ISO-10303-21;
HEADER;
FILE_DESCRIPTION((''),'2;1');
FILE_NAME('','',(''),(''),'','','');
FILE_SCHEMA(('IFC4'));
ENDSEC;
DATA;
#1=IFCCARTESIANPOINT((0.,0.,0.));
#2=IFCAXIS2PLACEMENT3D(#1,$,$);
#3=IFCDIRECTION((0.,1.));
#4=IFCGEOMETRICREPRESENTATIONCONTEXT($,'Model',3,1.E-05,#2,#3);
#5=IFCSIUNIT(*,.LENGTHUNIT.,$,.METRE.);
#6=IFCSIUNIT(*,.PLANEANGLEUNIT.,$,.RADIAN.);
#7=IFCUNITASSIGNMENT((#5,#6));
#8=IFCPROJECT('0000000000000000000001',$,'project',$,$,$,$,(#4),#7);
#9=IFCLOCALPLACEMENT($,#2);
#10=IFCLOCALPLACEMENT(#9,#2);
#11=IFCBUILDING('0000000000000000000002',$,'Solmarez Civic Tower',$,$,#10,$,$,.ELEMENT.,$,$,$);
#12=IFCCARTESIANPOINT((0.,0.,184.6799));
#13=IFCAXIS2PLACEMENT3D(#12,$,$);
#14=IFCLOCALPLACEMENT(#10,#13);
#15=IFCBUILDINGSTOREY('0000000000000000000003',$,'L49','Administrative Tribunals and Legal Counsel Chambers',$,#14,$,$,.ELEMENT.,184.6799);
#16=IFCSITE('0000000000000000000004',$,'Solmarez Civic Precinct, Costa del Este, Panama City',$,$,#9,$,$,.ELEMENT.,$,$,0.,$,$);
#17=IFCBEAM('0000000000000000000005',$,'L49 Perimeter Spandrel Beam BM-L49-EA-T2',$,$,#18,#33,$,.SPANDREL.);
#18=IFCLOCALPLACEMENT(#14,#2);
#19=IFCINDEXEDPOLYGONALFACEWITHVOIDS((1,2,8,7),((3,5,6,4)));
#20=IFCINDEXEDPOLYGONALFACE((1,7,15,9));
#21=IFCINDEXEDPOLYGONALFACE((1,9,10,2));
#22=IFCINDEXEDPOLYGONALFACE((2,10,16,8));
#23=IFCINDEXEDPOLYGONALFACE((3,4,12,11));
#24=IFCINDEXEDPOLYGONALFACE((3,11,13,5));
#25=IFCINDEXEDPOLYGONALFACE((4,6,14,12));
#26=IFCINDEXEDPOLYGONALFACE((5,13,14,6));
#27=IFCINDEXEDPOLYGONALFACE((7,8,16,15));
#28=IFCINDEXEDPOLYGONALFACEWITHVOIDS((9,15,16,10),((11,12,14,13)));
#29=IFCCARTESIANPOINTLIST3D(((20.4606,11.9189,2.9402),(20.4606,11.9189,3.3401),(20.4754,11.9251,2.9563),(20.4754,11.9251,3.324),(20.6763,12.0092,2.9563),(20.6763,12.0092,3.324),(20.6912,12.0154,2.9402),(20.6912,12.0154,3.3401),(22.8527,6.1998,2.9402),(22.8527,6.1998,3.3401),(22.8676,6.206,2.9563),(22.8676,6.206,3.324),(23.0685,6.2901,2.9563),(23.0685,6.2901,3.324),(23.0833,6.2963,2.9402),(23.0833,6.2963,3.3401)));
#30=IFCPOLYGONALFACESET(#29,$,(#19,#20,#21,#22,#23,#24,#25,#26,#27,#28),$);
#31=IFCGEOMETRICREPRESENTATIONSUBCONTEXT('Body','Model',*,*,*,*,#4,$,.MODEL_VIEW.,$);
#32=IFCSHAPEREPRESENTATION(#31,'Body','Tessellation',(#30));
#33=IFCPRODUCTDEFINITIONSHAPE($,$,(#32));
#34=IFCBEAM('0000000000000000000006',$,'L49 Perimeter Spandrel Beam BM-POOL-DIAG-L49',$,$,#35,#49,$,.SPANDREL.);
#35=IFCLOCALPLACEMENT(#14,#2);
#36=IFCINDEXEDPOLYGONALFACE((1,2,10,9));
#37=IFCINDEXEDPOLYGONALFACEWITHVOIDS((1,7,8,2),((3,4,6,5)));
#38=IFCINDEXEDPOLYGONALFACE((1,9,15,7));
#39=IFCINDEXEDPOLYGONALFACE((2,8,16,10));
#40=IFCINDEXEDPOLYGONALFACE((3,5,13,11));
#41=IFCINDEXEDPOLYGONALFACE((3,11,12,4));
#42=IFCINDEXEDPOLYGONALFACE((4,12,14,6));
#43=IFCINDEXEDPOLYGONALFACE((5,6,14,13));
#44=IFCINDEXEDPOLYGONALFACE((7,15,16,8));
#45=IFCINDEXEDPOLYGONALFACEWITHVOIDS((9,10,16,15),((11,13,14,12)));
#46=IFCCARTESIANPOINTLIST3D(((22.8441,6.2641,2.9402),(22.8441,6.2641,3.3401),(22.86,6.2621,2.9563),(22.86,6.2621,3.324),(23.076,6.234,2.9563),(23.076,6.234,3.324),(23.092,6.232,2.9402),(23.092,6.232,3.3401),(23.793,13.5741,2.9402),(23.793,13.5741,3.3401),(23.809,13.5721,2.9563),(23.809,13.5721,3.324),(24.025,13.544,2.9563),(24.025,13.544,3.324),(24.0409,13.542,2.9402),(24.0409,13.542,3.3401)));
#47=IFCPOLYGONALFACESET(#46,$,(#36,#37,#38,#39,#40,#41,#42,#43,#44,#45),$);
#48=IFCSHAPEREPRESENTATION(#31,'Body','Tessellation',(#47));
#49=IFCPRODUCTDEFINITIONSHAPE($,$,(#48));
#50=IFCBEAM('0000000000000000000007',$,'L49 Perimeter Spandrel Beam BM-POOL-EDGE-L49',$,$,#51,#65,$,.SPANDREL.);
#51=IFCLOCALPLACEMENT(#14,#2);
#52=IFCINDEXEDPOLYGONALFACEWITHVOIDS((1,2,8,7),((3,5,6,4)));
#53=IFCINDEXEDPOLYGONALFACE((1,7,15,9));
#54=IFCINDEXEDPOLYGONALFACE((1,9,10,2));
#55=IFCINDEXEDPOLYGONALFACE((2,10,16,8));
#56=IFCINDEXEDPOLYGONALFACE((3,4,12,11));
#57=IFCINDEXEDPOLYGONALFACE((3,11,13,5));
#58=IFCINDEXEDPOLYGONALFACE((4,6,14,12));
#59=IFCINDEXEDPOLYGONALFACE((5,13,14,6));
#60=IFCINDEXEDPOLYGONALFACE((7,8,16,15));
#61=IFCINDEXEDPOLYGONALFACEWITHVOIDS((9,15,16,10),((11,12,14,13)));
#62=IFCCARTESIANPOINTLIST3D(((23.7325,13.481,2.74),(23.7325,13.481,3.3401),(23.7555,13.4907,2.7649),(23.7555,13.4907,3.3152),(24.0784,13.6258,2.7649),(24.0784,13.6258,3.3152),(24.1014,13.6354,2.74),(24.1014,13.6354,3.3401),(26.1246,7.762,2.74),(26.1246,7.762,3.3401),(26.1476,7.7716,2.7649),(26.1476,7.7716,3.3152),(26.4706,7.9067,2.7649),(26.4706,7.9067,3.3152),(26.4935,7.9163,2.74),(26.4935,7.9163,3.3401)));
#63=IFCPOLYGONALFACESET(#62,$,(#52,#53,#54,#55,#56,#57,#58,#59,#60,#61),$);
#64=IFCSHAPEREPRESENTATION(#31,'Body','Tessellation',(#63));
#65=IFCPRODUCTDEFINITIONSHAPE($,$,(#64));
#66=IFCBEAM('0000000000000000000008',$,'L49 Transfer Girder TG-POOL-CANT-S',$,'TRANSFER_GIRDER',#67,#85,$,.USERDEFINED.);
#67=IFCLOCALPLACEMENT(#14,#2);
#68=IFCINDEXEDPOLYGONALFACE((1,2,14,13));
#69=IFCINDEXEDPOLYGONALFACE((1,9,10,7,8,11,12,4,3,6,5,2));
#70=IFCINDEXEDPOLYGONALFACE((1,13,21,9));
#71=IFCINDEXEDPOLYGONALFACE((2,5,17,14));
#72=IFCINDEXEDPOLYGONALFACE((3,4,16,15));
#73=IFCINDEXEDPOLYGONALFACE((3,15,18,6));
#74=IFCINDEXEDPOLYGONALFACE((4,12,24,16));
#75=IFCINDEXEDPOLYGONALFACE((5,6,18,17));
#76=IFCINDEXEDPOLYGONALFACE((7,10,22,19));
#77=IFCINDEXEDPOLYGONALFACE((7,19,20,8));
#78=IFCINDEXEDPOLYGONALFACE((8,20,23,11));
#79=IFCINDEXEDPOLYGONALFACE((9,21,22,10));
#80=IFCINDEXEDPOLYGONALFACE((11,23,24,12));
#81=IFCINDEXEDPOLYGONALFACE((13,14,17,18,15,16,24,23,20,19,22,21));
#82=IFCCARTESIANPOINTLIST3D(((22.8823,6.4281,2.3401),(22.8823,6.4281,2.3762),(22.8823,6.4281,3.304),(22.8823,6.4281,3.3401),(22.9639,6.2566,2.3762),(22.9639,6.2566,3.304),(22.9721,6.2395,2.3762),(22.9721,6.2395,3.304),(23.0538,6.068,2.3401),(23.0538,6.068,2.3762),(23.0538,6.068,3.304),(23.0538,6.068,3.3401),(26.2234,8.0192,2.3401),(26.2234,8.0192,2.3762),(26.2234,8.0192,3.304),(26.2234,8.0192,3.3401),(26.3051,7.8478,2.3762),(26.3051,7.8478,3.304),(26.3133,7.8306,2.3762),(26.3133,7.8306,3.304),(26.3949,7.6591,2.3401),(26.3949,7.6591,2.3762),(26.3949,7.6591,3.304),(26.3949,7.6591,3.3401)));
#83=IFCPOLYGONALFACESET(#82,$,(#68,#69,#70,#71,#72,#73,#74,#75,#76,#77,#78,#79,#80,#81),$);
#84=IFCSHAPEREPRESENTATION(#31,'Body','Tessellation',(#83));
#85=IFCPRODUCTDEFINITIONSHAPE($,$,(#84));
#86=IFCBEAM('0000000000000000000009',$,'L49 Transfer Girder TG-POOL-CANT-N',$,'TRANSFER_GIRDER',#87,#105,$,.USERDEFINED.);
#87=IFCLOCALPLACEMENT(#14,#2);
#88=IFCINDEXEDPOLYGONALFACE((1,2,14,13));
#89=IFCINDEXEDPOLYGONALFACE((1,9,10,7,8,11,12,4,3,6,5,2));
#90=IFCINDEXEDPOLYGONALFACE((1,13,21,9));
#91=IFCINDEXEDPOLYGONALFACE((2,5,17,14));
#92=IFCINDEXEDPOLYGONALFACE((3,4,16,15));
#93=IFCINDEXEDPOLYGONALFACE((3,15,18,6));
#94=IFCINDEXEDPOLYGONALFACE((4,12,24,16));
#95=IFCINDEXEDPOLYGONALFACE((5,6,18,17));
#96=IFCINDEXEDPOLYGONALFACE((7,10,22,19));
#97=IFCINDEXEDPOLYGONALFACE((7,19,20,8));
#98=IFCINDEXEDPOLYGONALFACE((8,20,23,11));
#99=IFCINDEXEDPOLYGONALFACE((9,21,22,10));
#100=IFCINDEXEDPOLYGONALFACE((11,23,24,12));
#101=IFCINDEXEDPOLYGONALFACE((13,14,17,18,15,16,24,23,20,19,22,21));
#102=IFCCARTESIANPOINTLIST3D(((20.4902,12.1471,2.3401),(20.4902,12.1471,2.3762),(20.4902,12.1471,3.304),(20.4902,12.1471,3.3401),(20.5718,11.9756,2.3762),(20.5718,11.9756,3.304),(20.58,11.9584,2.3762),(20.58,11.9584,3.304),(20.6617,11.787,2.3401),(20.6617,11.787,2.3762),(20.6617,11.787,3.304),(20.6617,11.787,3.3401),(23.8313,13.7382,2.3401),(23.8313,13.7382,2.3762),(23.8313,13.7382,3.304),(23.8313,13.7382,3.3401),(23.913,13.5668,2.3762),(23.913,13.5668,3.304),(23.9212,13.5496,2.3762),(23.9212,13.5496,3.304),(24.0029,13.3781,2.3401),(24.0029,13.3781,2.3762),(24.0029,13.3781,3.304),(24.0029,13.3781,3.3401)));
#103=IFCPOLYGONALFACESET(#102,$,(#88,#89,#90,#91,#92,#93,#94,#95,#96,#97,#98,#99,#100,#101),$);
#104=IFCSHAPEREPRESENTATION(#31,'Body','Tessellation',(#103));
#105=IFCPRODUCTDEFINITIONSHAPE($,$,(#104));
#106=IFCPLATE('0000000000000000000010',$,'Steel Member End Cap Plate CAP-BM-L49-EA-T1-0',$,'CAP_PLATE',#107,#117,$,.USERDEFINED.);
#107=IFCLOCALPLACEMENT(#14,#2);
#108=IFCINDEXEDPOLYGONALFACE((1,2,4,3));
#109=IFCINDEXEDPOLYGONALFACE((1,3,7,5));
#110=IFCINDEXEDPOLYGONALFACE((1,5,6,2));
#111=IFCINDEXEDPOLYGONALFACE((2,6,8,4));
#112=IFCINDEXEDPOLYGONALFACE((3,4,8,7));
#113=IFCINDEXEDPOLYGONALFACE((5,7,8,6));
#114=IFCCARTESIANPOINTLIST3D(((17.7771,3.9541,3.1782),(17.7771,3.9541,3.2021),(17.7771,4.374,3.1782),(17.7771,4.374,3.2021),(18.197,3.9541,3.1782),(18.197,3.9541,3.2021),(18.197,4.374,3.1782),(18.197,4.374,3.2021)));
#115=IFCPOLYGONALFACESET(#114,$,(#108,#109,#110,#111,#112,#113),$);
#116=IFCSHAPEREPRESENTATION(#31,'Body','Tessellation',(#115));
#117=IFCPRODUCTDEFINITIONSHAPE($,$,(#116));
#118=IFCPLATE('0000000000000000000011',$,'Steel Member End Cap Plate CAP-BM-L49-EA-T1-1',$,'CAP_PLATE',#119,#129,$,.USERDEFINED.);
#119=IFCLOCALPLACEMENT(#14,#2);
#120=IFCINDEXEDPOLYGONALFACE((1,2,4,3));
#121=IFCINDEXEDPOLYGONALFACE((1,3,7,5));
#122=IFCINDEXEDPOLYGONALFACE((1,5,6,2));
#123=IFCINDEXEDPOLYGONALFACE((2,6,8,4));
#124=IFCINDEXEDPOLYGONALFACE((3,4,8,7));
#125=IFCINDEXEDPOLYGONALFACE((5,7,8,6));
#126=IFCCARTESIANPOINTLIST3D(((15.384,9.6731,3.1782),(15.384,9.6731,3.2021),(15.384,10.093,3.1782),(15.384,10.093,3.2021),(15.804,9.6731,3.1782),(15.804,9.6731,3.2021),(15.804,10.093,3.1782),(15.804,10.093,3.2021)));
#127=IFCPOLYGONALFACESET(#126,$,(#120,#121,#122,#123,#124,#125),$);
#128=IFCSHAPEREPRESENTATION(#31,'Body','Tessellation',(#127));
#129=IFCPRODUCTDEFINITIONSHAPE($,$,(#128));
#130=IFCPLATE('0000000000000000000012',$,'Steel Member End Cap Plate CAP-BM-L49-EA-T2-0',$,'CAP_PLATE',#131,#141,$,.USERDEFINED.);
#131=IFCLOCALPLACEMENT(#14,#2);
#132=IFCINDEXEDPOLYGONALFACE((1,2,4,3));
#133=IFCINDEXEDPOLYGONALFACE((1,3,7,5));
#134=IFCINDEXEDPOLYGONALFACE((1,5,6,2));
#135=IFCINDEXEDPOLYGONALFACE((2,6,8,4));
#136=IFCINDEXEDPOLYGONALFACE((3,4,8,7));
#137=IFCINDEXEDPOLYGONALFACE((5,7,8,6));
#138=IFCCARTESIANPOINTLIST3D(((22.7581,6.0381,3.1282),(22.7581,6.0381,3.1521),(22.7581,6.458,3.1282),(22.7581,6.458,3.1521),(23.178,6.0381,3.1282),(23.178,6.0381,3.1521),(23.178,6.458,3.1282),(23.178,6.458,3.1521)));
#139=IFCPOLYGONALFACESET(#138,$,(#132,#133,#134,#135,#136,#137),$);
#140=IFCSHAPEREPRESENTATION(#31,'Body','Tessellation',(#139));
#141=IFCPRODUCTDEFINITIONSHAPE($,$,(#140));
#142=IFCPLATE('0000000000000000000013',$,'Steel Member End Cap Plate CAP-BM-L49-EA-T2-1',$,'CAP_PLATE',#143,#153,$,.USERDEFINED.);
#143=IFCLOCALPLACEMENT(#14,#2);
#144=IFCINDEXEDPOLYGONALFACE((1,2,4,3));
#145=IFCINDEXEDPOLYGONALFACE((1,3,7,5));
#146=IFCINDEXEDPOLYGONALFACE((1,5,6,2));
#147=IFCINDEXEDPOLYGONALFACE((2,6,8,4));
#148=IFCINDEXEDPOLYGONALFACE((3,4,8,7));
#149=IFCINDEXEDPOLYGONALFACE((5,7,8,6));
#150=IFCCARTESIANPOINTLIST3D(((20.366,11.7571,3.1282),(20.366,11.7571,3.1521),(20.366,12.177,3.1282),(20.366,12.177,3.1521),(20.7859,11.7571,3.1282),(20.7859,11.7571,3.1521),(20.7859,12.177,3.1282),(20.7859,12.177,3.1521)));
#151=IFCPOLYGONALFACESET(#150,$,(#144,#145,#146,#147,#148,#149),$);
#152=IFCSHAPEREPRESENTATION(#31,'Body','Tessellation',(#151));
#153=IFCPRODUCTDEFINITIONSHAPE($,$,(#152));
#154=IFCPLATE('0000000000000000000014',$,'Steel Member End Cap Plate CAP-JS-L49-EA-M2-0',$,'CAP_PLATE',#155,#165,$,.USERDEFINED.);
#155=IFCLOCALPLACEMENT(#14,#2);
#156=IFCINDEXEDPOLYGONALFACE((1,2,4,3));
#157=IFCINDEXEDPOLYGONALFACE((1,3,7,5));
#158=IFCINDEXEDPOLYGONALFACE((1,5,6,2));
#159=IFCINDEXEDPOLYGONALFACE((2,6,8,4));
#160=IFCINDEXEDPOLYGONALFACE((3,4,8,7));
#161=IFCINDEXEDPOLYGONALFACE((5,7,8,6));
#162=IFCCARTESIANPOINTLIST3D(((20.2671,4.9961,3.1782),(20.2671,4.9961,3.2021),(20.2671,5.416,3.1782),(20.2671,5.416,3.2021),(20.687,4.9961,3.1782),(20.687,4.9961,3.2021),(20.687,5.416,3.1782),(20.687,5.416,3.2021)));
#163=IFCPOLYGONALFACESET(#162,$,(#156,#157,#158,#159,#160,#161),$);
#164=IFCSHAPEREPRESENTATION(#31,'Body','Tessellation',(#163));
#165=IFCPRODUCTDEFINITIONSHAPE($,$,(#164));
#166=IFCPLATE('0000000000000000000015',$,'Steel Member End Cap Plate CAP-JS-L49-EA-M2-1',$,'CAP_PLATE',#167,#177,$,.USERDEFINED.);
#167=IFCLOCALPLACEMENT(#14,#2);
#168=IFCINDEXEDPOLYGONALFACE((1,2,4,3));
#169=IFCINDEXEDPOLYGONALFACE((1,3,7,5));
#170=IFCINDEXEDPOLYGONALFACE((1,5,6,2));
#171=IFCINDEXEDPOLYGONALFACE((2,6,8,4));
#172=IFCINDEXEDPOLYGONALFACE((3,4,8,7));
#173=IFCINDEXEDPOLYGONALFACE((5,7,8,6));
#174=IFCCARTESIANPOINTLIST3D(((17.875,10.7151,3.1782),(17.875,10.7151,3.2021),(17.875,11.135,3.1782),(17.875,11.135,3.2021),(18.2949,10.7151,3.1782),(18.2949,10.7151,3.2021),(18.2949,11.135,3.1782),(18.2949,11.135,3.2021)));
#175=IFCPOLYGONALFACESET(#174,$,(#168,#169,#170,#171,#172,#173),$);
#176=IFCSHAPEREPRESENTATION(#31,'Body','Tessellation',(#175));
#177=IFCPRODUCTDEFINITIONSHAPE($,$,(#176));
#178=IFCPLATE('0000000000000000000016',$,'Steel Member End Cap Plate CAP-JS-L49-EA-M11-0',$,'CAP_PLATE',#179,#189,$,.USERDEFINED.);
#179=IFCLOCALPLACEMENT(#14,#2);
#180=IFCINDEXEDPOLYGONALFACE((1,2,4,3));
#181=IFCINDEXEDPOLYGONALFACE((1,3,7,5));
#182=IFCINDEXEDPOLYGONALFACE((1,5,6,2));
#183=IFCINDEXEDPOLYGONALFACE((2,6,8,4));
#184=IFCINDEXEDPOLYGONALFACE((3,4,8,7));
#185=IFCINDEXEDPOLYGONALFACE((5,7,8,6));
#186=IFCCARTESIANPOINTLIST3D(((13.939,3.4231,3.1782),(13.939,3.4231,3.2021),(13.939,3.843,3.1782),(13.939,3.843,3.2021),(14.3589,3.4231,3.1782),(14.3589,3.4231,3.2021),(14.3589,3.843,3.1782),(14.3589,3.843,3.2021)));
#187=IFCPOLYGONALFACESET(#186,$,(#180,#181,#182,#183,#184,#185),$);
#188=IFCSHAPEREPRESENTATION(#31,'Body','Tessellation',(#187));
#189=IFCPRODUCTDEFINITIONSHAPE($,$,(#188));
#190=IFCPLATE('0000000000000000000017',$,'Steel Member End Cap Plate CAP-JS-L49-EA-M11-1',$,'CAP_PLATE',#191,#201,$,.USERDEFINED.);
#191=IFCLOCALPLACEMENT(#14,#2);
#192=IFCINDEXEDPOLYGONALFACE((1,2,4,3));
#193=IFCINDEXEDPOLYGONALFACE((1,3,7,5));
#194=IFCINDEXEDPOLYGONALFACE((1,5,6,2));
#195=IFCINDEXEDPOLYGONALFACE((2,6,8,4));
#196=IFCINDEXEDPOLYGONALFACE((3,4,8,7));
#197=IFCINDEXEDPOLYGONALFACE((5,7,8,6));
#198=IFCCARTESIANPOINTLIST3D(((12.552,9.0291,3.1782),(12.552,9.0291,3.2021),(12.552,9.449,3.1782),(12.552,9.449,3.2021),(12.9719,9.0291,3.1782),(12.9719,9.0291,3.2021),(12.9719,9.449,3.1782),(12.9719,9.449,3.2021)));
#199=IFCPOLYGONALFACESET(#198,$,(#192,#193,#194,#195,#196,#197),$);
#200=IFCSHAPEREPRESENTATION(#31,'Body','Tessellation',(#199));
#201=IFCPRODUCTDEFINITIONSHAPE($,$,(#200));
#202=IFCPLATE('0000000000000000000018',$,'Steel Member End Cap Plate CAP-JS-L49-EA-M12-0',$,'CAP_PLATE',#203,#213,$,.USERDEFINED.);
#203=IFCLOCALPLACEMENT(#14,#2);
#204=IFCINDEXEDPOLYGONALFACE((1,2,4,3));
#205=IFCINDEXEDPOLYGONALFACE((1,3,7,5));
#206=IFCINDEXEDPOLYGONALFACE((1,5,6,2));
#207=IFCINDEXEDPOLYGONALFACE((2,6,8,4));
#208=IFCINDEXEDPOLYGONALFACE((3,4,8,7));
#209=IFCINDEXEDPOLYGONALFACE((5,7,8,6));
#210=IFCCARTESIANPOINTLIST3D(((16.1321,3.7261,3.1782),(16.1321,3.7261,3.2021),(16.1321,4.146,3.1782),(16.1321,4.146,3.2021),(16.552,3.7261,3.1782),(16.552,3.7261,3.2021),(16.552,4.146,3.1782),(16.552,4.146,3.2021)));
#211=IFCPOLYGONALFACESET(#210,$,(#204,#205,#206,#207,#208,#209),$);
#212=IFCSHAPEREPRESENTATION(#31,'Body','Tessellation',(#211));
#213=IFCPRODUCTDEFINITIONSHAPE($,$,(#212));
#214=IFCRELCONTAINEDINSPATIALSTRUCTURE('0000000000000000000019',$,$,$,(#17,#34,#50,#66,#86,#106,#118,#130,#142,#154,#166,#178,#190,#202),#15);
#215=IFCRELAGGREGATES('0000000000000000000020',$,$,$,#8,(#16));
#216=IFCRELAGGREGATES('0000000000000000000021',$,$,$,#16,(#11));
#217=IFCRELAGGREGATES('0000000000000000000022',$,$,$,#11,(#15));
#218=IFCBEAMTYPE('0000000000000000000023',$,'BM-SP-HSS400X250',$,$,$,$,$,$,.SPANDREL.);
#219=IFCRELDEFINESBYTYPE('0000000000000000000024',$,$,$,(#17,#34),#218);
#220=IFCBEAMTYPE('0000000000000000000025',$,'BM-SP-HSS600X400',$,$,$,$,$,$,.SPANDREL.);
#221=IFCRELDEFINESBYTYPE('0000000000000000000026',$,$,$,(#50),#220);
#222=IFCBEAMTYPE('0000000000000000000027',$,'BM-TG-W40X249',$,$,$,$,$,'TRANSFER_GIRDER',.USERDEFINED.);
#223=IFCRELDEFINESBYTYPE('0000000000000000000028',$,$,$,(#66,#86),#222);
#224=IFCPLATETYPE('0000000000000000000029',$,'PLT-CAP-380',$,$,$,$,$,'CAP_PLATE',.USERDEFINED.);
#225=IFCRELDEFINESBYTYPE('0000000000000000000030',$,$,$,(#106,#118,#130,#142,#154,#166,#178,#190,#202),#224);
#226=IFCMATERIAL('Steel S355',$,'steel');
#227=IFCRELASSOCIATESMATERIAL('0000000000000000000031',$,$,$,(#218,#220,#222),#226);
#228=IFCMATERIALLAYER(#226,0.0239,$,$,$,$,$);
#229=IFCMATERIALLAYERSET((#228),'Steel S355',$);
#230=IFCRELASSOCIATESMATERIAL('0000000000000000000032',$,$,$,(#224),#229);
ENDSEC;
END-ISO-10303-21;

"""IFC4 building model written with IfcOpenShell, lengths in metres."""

from ifc_helpers import new_model, si_unit, direction, frame, origin, origin_2d, place, context, subcontext, project, spatial, rectangle, hollow_rectangle, i_section, extrude, material, layer, layer_set, material_profile, profile_set, type_object, element, save


model = new_model("IFC4")

# Units and contexts
model_context = context("Model", 3, precision=1e-05, world=origin(), true_north=direction((0.0, 1.0)))
body_context = subcontext(model_context, "Body", "Model", "MODEL_VIEW")
ifc_project = project(units=[si_unit("LENGTHUNIT", "METRE"), si_unit("PLANEANGLEUNIT", "RADIAN")], contexts=[model_context])

# Site, building, storey
site_placement = place(None, origin())
site = spatial("IfcSite", under=ifc_project, at=site_placement, Name="Solmarez Civic Precinct, Costa del Este, Panama City", CompositionType="ELEMENT", RefElevation=0.0)
building_placement = place(site_placement, origin())
building = spatial("IfcBuilding", under=site, at=building_placement, Name="Solmarez Civic Tower", CompositionType="ELEMENT")
storey_placement = place(building_placement, frame((0.0, 0.0, 184.6799)))
storey = spatial("IfcBuildingStorey", under=building, at=storey_placement, Name="L49", Description="Administrative Tribunals and Legal Counsel Chambers", CompositionType="ELEMENT", Elevation=184.6799)

# Shared definitions
ifc_material_1 = material(Name="Steel S355", Category="steel")

# Beams
ifc_material_profile_1 = material_profile(ifc_material_1, hollow_rectangle(XDim=0.25, YDim=0.3999, WallThickness=0.0161, at=origin_2d()), Name="HSS400X250X16")
ifc_profile_set_1 = profile_set([ifc_material_profile_1], Name="Steel S355")
beam_type_1 = type_object("IfcBeamType", Name="BM-SP-HSS400X250", PredefinedType="SPANDREL", material=ifc_profile_set_1)
beam_1_placement = place(storey_placement, frame((22.968, 6.248, 3.1401), z_axis=(-0.385876, 0.922551, 0.0), x_axis=(-0.922551, -0.385876, 0.0)))
element("IfcBeam", 1, at=beam_1_placement, inside=storey, type_object=beam_type_1, Name="L49 Perimeter Spandrel Beam BM-L49-EA-T2", PredefinedType="SPANDREL", context=body_context, shape_type="SweptSolid", body=[
    extrude(hollow_rectangle(XDim=0.25, YDim=0.3999, WallThickness=0.0161, at=origin_2d()), origin(), (0.0, 0.0, 1.0), 6.1992),
])
beam_2_placement = place(storey_placement, frame((22.968, 6.248, 3.1401), z_axis=(0.128737, 0.991679, 0.0), x_axis=(-0.991679, 0.128737, 0.0)))
element("IfcBeam", 2, at=beam_2_placement, inside=storey, type_object=beam_type_1, Name="L49 Perimeter Spandrel Beam BM-POOL-DIAG-L49", PredefinedType="SPANDREL", context=body_context, shape_type="SweptSolid", body=[
    extrude(hollow_rectangle(XDim=0.25, YDim=0.3999, WallThickness=0.0161, at=origin_2d()), origin(), (0.0, 0.0, 1.0), 7.3713),
])
ifc_material_profile_2 = material_profile(ifc_material_1, hollow_rectangle(XDim=0.3999, YDim=0.6001, WallThickness=0.0249, at=origin_2d()), Name="HSS600X400X25")
ifc_profile_set_2 = profile_set([ifc_material_profile_2], Name="Steel S355")
beam_type_2 = type_object("IfcBeamType", Name="BM-SP-HSS600X400", PredefinedType="SPANDREL", material=ifc_profile_set_2)
beam_3_placement = place(storey_placement, frame((26.3091, 7.8391, 3.04), z_axis=(-0.385876, 0.922551, 0.0), x_axis=(-0.922551, -0.385876, 0.0)))
element("IfcBeam", 3, at=beam_3_placement, inside=storey, type_object=beam_type_2, Name="L49 Perimeter Spandrel Beam BM-POOL-EDGE-L49", PredefinedType="SPANDREL", context=body_context, shape_type="SweptSolid", body=[
    extrude(hollow_rectangle(XDim=0.3999, YDim=0.6001, WallThickness=0.0249, at=origin_2d()), origin(), (0.0, 0.0, 1.0), 6.1992),
])
ifc_material_profile_3 = material_profile(ifc_material_1, i_section(OverallWidth=0.3989, OverallDepth=1.0, WebThickness=0.019, FlangeThickness=0.0361, at=origin_2d()), Name="W40X249")
ifc_profile_set_3 = profile_set([ifc_material_profile_3], Name="Steel S355")
beam_type_3 = type_object("IfcBeamType", Name="BM-TG-W40X249", ElementType="TRANSFER_GIRDER", PredefinedType="USERDEFINED", material=ifc_profile_set_3)
for number, where, z_axis, x_axis, name in (
    (4, (22.968, 6.248, 2.8401), (0.902852, 0.429952, 0.0), (-0.429952, 0.902852, 0.0), "L49 Transfer Girder TG-POOL-CANT-S"),
    (5, (20.5759, 11.967, 2.8401), (0.902852, 0.429952, 0.0), (-0.429952, 0.902852, 0.0), "L49 Transfer Girder TG-POOL-CANT-N"),
):
    element("IfcBeam", number, at=place(storey_placement, frame(where, z_axis=z_axis, x_axis=x_axis)), inside=storey, type_object=beam_type_3, Name=name, ObjectType="TRANSFER_GIRDER", PredefinedType="USERDEFINED", context=body_context, shape_type="SweptSolid", body=[
        extrude(i_section(OverallWidth=0.3989, OverallDepth=1.0, WebThickness=0.019, FlangeThickness=0.0361, at=origin_2d()), origin(), (0.0, 0.0, 1.0), 3.7007),
    ])

# Plates
ifc_layer_1 = layer(ifc_material_1, 0.0239)
ifc_layer_set_1 = layer_set([ifc_layer_1], Name="Steel S355")
plate_type_1 = type_object("IfcPlateType", Name="PLT-CAP-380", ElementType="CAP_PLATE", PredefinedType="USERDEFINED", material=ifc_layer_set_1)
for number, where, z_axis, x_axis, name in (
    (6, (17.9871, 4.1641, 3.1782), (0.0, 0.0, 1.0), (1.0, 0.0, 0.0), "Steel Member End Cap Plate CAP-BM-L49-EA-T1-0"),
    (7, (15.594, 9.8831, 3.1782), (0.0, 0.0, 1.0), (1.0, 0.0, 0.0), "Steel Member End Cap Plate CAP-BM-L49-EA-T1-1"),
    (8, (22.968, 6.248, 3.1282), (0.0, 0.0, 1.0), (1.0, 0.0, 0.0), "Steel Member End Cap Plate CAP-BM-L49-EA-T2-0"),
    (9, (20.5759, 11.967, 3.1282), (0.0, 0.0, 1.0), (1.0, 0.0, 0.0), "Steel Member End Cap Plate CAP-BM-L49-EA-T2-1"),
    (10, (20.4771, 5.2061, 3.1782), (0.0, 0.0, 1.0), (1.0, 0.0, 0.0), "Steel Member End Cap Plate CAP-JS-L49-EA-M2-0"),
    (11, (18.085, 10.925, 3.1782), (0.0, 0.0, 1.0), (1.0, 0.0, 0.0), "Steel Member End Cap Plate CAP-JS-L49-EA-M2-1"),
    (12, (14.1489, 3.6331, 3.1782), (0.0, 0.0, 1.0), (1.0, 0.0, 0.0), "Steel Member End Cap Plate CAP-JS-L49-EA-M11-0"),
    (13, (12.762, 9.239, 3.1782), (0.0, 0.0, 1.0), (1.0, 0.0, 0.0), "Steel Member End Cap Plate CAP-JS-L49-EA-M11-1"),
    (14, (16.342, 3.936, 3.1782), (0.0, 0.0, 1.0), (1.0, 0.0, 0.0), "Steel Member End Cap Plate CAP-JS-L49-EA-M12-0"),
):
    element("IfcPlate", number, at=place(storey_placement, frame(where, z_axis=z_axis, x_axis=x_axis)), inside=storey, type_object=plate_type_1, Name=name, ObjectType="CAP_PLATE", PredefinedType="USERDEFINED", context=body_context, shape_type="SweptSolid", body=[
        extrude(rectangle(XDim=0.4199, YDim=0.4199, at=origin_2d()), origin(), (0.0, 0.0, 1.0), 0.0239),
    ])

save(model, "model.ifc")
